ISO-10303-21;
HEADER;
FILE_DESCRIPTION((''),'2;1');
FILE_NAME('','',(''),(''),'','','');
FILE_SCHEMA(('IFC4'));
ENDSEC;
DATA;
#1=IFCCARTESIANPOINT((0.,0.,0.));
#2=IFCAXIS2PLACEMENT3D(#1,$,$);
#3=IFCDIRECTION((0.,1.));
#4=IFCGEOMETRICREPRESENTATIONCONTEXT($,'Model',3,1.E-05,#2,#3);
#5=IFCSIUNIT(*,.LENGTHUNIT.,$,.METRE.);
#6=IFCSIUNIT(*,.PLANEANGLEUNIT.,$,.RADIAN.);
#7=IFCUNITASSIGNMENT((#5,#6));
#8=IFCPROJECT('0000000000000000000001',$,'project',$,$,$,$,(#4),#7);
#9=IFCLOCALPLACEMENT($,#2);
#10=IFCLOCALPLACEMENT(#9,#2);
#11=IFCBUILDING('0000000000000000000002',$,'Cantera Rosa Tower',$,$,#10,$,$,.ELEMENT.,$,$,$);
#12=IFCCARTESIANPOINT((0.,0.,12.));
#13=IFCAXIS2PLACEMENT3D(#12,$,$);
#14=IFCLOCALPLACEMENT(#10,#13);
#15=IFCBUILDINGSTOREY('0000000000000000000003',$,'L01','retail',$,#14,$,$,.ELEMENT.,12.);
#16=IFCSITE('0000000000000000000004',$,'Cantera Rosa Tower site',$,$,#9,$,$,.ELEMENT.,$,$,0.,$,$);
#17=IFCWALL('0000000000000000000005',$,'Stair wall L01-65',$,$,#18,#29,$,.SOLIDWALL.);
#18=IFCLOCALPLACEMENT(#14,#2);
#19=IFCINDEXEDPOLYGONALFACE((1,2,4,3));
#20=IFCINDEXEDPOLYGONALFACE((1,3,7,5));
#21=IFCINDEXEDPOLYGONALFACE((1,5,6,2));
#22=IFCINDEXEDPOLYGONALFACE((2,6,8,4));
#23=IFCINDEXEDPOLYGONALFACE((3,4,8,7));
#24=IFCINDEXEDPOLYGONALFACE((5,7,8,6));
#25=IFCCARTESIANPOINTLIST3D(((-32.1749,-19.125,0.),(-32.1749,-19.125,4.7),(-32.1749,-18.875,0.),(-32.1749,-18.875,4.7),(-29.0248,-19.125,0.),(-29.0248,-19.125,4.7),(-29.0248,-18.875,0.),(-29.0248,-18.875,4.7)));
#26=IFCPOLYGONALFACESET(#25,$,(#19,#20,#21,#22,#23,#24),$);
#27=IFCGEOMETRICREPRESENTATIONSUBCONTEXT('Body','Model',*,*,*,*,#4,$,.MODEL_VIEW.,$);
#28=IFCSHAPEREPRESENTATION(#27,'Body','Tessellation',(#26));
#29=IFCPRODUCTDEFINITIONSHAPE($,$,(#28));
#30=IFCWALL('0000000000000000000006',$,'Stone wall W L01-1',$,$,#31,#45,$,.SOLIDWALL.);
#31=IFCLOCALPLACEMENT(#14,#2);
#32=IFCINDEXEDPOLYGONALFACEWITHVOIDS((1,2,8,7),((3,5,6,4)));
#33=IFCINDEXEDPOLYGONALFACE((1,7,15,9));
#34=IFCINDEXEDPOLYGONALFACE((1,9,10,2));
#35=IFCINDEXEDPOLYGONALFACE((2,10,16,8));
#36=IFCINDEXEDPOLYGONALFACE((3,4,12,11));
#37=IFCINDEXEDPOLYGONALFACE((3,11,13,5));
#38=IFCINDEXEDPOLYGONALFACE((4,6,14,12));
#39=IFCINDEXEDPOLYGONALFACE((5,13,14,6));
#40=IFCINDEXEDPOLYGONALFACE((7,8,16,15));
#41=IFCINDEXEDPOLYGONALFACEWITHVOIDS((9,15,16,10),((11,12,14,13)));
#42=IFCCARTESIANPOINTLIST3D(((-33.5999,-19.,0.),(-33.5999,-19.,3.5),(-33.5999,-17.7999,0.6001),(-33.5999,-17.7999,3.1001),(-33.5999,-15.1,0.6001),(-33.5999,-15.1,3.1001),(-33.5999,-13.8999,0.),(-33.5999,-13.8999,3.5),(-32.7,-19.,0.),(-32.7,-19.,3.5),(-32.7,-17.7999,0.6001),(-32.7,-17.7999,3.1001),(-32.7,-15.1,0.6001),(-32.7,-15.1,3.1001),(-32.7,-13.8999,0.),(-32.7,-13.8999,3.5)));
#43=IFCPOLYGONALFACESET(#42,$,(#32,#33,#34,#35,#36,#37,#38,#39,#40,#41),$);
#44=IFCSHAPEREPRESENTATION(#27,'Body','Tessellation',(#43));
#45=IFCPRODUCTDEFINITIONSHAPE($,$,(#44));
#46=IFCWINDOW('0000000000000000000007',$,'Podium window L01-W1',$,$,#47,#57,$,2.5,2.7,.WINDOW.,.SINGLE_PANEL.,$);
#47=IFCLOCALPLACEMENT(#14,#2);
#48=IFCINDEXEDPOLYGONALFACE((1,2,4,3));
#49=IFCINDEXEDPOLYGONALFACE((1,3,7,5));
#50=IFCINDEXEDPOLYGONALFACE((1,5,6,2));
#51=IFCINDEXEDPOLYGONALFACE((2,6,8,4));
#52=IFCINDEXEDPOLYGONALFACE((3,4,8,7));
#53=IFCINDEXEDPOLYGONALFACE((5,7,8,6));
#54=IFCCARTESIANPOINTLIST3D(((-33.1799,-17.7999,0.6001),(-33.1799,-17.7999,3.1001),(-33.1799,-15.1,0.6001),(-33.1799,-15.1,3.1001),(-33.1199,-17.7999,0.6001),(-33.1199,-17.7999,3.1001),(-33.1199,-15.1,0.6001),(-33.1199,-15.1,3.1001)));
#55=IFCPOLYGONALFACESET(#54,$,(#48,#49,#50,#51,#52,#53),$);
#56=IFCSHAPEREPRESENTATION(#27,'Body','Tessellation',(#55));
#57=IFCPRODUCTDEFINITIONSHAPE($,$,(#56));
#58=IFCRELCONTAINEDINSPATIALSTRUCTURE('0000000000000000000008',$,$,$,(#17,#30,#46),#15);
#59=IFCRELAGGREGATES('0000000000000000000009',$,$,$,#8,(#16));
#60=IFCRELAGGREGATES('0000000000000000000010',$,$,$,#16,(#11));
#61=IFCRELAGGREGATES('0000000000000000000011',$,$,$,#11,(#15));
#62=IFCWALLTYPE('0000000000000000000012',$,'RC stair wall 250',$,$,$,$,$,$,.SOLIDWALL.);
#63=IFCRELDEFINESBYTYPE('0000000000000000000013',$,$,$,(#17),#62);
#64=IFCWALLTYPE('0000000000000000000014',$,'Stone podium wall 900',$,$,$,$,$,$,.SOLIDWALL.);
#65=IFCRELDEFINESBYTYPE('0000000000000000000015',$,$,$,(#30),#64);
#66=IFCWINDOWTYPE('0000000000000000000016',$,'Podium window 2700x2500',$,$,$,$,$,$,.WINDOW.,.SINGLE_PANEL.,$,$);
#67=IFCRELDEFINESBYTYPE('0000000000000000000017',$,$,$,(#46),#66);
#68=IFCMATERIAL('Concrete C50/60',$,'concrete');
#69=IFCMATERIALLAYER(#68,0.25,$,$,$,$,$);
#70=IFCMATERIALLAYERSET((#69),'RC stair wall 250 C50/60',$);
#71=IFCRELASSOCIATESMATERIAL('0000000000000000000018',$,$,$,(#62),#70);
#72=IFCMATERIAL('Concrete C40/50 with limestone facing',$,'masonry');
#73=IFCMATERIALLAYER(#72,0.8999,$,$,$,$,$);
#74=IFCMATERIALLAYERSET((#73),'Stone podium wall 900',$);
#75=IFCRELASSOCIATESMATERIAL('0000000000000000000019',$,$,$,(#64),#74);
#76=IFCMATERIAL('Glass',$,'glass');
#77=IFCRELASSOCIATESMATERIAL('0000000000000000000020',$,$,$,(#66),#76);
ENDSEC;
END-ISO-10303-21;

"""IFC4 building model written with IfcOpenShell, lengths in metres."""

from ifc_helpers import new_model, si_unit, direction, frame, frame_2d, origin, place, context, subcontext, project, spatial, rectangle, extrude, material, layer, layer_set, type_object, element, fill, save


model = new_model("IFC4")

# Units and contexts
model_context = context("Model", 3, precision=1e-05, world=origin(), true_north=direction((0.0, 1.0)))
body_context = subcontext(model_context, "Body", "Model", "MODEL_VIEW")
ifc_project = project(units=[si_unit("LENGTHUNIT", "METRE"), si_unit("PLANEANGLEUNIT", "RADIAN")], contexts=[model_context])

# Site, building, storey
site_placement = place(None, origin())
site = spatial("IfcSite", under=ifc_project, at=site_placement, Name="Cantera Rosa Tower site", CompositionType="ELEMENT", RefElevation=0.0)
building_placement = place(site_placement, origin())
building = spatial("IfcBuilding", under=site, at=building_placement, Name="Cantera Rosa Tower", CompositionType="ELEMENT")
storey_placement = place(building_placement, frame((0.0, 0.0, 12.0)))
storey = spatial("IfcBuildingStorey", under=building, at=storey_placement, Name="L01", Description="retail", CompositionType="ELEMENT", Elevation=12.0)

# Wall
ifc_material_1 = material(Name="Concrete C50/60", Category="concrete")
ifc_layer_1 = layer(ifc_material_1, 0.25)
ifc_layer_set_1 = layer_set([ifc_layer_1], Name="RC stair wall 250 C50/60")
wall_type_1 = type_object("IfcWallType", Name="RC stair wall 250", PredefinedType="SOLIDWALL", material=ifc_layer_set_1)
wall_1_placement = place(storey_placement, frame((-32.175, -19.0, 0.0), z_axis=(0.0, 0.0, 1.0), x_axis=(1.0, 0.0, 0.0)))
element("IfcWall", 1, at=wall_1_placement, inside=storey, type_object=wall_type_1, Name="Stair wall L01-65", PredefinedType="SOLIDWALL", context=body_context, shape_type="SweptSolid", body=[
    extrude(rectangle(XDim=3.1501, YDim=0.25, at=frame_2d((1.5752, 0.0))), origin(), (0.0, 0.0, 1.0), 4.7),
])

# Wall, opening, window
ifc_material_2 = material(Name="Concrete C40/50 with limestone facing", Category="masonry")
ifc_layer_2 = layer(ifc_material_2, 0.8999)
ifc_layer_set_2 = layer_set([ifc_layer_2], Name="Stone podium wall 900")
wall_type_2 = type_object("IfcWallType", Name="Stone podium wall 900", PredefinedType="SOLIDWALL", material=ifc_layer_set_2)
wall_2_placement = place(storey_placement, frame((-33.1499, -13.8999, 0.0), z_axis=(0.0, 0.0, 1.0), x_axis=(0.0, -1.0, 0.0)))
wall_2 = element("IfcWall", 2, at=wall_2_placement, inside=storey, type_object=wall_type_2, Name="Stone wall W L01-1", PredefinedType="SOLIDWALL", context=body_context, shape_type="SweptSolid", body=[
    extrude(rectangle(XDim=5.1001, YDim=0.8999, at=frame_2d((2.55, 0.0))), origin(), (0.0, 0.0, 1.0), 3.5),
])
opening_1_placement = place(wall_2_placement, frame((1.2, 0.0, 0.6001)))
opening_1 = element("IfcOpeningElement", 3, at=opening_1_placement, cuts=wall_2, PredefinedType="OPENING", context=body_context, shape_type="SweptSolid", body=[
    extrude(rectangle(XDim=2.7, YDim=2.5, at=frame_2d((1.3501, 1.25))), frame((0.0, 0.46, 0.0), z_axis=(0.0, -1.0, 0.0), x_axis=(1.0, 0.0, 0.0)), (0.0, 0.0, 1.0), 0.9199),
])
ifc_material_3 = material(Name="Glass", Category="glass")
window_type = type_object("IfcWindowType", Name="Podium window 2700x2500", PartitioningType="SINGLE_PANEL", PredefinedType="WINDOW", material=ifc_material_3)
window_placement = place(opening_1_placement, origin())
window = element("IfcWindow", 4, at=window_placement, inside=storey, type_object=window_type, Name="Podium window L01-W1", OverallHeight=2.5, OverallWidth=2.7, PartitioningType="SINGLE_PANEL", PredefinedType="WINDOW", context=body_context, shape_type="SweptSolid", body=[
    extrude(rectangle(XDim=2.7, YDim=2.5, at=frame_2d((1.3501, 1.25))), frame((0.0, 0.03, 0.0), z_axis=(0.0, -1.0, 0.0), x_axis=(1.0, 0.0, 0.0)), (0.0, 0.0, 1.0), 0.0601),
])
fill(opening_1, window)

save(model, "model.ifc")
